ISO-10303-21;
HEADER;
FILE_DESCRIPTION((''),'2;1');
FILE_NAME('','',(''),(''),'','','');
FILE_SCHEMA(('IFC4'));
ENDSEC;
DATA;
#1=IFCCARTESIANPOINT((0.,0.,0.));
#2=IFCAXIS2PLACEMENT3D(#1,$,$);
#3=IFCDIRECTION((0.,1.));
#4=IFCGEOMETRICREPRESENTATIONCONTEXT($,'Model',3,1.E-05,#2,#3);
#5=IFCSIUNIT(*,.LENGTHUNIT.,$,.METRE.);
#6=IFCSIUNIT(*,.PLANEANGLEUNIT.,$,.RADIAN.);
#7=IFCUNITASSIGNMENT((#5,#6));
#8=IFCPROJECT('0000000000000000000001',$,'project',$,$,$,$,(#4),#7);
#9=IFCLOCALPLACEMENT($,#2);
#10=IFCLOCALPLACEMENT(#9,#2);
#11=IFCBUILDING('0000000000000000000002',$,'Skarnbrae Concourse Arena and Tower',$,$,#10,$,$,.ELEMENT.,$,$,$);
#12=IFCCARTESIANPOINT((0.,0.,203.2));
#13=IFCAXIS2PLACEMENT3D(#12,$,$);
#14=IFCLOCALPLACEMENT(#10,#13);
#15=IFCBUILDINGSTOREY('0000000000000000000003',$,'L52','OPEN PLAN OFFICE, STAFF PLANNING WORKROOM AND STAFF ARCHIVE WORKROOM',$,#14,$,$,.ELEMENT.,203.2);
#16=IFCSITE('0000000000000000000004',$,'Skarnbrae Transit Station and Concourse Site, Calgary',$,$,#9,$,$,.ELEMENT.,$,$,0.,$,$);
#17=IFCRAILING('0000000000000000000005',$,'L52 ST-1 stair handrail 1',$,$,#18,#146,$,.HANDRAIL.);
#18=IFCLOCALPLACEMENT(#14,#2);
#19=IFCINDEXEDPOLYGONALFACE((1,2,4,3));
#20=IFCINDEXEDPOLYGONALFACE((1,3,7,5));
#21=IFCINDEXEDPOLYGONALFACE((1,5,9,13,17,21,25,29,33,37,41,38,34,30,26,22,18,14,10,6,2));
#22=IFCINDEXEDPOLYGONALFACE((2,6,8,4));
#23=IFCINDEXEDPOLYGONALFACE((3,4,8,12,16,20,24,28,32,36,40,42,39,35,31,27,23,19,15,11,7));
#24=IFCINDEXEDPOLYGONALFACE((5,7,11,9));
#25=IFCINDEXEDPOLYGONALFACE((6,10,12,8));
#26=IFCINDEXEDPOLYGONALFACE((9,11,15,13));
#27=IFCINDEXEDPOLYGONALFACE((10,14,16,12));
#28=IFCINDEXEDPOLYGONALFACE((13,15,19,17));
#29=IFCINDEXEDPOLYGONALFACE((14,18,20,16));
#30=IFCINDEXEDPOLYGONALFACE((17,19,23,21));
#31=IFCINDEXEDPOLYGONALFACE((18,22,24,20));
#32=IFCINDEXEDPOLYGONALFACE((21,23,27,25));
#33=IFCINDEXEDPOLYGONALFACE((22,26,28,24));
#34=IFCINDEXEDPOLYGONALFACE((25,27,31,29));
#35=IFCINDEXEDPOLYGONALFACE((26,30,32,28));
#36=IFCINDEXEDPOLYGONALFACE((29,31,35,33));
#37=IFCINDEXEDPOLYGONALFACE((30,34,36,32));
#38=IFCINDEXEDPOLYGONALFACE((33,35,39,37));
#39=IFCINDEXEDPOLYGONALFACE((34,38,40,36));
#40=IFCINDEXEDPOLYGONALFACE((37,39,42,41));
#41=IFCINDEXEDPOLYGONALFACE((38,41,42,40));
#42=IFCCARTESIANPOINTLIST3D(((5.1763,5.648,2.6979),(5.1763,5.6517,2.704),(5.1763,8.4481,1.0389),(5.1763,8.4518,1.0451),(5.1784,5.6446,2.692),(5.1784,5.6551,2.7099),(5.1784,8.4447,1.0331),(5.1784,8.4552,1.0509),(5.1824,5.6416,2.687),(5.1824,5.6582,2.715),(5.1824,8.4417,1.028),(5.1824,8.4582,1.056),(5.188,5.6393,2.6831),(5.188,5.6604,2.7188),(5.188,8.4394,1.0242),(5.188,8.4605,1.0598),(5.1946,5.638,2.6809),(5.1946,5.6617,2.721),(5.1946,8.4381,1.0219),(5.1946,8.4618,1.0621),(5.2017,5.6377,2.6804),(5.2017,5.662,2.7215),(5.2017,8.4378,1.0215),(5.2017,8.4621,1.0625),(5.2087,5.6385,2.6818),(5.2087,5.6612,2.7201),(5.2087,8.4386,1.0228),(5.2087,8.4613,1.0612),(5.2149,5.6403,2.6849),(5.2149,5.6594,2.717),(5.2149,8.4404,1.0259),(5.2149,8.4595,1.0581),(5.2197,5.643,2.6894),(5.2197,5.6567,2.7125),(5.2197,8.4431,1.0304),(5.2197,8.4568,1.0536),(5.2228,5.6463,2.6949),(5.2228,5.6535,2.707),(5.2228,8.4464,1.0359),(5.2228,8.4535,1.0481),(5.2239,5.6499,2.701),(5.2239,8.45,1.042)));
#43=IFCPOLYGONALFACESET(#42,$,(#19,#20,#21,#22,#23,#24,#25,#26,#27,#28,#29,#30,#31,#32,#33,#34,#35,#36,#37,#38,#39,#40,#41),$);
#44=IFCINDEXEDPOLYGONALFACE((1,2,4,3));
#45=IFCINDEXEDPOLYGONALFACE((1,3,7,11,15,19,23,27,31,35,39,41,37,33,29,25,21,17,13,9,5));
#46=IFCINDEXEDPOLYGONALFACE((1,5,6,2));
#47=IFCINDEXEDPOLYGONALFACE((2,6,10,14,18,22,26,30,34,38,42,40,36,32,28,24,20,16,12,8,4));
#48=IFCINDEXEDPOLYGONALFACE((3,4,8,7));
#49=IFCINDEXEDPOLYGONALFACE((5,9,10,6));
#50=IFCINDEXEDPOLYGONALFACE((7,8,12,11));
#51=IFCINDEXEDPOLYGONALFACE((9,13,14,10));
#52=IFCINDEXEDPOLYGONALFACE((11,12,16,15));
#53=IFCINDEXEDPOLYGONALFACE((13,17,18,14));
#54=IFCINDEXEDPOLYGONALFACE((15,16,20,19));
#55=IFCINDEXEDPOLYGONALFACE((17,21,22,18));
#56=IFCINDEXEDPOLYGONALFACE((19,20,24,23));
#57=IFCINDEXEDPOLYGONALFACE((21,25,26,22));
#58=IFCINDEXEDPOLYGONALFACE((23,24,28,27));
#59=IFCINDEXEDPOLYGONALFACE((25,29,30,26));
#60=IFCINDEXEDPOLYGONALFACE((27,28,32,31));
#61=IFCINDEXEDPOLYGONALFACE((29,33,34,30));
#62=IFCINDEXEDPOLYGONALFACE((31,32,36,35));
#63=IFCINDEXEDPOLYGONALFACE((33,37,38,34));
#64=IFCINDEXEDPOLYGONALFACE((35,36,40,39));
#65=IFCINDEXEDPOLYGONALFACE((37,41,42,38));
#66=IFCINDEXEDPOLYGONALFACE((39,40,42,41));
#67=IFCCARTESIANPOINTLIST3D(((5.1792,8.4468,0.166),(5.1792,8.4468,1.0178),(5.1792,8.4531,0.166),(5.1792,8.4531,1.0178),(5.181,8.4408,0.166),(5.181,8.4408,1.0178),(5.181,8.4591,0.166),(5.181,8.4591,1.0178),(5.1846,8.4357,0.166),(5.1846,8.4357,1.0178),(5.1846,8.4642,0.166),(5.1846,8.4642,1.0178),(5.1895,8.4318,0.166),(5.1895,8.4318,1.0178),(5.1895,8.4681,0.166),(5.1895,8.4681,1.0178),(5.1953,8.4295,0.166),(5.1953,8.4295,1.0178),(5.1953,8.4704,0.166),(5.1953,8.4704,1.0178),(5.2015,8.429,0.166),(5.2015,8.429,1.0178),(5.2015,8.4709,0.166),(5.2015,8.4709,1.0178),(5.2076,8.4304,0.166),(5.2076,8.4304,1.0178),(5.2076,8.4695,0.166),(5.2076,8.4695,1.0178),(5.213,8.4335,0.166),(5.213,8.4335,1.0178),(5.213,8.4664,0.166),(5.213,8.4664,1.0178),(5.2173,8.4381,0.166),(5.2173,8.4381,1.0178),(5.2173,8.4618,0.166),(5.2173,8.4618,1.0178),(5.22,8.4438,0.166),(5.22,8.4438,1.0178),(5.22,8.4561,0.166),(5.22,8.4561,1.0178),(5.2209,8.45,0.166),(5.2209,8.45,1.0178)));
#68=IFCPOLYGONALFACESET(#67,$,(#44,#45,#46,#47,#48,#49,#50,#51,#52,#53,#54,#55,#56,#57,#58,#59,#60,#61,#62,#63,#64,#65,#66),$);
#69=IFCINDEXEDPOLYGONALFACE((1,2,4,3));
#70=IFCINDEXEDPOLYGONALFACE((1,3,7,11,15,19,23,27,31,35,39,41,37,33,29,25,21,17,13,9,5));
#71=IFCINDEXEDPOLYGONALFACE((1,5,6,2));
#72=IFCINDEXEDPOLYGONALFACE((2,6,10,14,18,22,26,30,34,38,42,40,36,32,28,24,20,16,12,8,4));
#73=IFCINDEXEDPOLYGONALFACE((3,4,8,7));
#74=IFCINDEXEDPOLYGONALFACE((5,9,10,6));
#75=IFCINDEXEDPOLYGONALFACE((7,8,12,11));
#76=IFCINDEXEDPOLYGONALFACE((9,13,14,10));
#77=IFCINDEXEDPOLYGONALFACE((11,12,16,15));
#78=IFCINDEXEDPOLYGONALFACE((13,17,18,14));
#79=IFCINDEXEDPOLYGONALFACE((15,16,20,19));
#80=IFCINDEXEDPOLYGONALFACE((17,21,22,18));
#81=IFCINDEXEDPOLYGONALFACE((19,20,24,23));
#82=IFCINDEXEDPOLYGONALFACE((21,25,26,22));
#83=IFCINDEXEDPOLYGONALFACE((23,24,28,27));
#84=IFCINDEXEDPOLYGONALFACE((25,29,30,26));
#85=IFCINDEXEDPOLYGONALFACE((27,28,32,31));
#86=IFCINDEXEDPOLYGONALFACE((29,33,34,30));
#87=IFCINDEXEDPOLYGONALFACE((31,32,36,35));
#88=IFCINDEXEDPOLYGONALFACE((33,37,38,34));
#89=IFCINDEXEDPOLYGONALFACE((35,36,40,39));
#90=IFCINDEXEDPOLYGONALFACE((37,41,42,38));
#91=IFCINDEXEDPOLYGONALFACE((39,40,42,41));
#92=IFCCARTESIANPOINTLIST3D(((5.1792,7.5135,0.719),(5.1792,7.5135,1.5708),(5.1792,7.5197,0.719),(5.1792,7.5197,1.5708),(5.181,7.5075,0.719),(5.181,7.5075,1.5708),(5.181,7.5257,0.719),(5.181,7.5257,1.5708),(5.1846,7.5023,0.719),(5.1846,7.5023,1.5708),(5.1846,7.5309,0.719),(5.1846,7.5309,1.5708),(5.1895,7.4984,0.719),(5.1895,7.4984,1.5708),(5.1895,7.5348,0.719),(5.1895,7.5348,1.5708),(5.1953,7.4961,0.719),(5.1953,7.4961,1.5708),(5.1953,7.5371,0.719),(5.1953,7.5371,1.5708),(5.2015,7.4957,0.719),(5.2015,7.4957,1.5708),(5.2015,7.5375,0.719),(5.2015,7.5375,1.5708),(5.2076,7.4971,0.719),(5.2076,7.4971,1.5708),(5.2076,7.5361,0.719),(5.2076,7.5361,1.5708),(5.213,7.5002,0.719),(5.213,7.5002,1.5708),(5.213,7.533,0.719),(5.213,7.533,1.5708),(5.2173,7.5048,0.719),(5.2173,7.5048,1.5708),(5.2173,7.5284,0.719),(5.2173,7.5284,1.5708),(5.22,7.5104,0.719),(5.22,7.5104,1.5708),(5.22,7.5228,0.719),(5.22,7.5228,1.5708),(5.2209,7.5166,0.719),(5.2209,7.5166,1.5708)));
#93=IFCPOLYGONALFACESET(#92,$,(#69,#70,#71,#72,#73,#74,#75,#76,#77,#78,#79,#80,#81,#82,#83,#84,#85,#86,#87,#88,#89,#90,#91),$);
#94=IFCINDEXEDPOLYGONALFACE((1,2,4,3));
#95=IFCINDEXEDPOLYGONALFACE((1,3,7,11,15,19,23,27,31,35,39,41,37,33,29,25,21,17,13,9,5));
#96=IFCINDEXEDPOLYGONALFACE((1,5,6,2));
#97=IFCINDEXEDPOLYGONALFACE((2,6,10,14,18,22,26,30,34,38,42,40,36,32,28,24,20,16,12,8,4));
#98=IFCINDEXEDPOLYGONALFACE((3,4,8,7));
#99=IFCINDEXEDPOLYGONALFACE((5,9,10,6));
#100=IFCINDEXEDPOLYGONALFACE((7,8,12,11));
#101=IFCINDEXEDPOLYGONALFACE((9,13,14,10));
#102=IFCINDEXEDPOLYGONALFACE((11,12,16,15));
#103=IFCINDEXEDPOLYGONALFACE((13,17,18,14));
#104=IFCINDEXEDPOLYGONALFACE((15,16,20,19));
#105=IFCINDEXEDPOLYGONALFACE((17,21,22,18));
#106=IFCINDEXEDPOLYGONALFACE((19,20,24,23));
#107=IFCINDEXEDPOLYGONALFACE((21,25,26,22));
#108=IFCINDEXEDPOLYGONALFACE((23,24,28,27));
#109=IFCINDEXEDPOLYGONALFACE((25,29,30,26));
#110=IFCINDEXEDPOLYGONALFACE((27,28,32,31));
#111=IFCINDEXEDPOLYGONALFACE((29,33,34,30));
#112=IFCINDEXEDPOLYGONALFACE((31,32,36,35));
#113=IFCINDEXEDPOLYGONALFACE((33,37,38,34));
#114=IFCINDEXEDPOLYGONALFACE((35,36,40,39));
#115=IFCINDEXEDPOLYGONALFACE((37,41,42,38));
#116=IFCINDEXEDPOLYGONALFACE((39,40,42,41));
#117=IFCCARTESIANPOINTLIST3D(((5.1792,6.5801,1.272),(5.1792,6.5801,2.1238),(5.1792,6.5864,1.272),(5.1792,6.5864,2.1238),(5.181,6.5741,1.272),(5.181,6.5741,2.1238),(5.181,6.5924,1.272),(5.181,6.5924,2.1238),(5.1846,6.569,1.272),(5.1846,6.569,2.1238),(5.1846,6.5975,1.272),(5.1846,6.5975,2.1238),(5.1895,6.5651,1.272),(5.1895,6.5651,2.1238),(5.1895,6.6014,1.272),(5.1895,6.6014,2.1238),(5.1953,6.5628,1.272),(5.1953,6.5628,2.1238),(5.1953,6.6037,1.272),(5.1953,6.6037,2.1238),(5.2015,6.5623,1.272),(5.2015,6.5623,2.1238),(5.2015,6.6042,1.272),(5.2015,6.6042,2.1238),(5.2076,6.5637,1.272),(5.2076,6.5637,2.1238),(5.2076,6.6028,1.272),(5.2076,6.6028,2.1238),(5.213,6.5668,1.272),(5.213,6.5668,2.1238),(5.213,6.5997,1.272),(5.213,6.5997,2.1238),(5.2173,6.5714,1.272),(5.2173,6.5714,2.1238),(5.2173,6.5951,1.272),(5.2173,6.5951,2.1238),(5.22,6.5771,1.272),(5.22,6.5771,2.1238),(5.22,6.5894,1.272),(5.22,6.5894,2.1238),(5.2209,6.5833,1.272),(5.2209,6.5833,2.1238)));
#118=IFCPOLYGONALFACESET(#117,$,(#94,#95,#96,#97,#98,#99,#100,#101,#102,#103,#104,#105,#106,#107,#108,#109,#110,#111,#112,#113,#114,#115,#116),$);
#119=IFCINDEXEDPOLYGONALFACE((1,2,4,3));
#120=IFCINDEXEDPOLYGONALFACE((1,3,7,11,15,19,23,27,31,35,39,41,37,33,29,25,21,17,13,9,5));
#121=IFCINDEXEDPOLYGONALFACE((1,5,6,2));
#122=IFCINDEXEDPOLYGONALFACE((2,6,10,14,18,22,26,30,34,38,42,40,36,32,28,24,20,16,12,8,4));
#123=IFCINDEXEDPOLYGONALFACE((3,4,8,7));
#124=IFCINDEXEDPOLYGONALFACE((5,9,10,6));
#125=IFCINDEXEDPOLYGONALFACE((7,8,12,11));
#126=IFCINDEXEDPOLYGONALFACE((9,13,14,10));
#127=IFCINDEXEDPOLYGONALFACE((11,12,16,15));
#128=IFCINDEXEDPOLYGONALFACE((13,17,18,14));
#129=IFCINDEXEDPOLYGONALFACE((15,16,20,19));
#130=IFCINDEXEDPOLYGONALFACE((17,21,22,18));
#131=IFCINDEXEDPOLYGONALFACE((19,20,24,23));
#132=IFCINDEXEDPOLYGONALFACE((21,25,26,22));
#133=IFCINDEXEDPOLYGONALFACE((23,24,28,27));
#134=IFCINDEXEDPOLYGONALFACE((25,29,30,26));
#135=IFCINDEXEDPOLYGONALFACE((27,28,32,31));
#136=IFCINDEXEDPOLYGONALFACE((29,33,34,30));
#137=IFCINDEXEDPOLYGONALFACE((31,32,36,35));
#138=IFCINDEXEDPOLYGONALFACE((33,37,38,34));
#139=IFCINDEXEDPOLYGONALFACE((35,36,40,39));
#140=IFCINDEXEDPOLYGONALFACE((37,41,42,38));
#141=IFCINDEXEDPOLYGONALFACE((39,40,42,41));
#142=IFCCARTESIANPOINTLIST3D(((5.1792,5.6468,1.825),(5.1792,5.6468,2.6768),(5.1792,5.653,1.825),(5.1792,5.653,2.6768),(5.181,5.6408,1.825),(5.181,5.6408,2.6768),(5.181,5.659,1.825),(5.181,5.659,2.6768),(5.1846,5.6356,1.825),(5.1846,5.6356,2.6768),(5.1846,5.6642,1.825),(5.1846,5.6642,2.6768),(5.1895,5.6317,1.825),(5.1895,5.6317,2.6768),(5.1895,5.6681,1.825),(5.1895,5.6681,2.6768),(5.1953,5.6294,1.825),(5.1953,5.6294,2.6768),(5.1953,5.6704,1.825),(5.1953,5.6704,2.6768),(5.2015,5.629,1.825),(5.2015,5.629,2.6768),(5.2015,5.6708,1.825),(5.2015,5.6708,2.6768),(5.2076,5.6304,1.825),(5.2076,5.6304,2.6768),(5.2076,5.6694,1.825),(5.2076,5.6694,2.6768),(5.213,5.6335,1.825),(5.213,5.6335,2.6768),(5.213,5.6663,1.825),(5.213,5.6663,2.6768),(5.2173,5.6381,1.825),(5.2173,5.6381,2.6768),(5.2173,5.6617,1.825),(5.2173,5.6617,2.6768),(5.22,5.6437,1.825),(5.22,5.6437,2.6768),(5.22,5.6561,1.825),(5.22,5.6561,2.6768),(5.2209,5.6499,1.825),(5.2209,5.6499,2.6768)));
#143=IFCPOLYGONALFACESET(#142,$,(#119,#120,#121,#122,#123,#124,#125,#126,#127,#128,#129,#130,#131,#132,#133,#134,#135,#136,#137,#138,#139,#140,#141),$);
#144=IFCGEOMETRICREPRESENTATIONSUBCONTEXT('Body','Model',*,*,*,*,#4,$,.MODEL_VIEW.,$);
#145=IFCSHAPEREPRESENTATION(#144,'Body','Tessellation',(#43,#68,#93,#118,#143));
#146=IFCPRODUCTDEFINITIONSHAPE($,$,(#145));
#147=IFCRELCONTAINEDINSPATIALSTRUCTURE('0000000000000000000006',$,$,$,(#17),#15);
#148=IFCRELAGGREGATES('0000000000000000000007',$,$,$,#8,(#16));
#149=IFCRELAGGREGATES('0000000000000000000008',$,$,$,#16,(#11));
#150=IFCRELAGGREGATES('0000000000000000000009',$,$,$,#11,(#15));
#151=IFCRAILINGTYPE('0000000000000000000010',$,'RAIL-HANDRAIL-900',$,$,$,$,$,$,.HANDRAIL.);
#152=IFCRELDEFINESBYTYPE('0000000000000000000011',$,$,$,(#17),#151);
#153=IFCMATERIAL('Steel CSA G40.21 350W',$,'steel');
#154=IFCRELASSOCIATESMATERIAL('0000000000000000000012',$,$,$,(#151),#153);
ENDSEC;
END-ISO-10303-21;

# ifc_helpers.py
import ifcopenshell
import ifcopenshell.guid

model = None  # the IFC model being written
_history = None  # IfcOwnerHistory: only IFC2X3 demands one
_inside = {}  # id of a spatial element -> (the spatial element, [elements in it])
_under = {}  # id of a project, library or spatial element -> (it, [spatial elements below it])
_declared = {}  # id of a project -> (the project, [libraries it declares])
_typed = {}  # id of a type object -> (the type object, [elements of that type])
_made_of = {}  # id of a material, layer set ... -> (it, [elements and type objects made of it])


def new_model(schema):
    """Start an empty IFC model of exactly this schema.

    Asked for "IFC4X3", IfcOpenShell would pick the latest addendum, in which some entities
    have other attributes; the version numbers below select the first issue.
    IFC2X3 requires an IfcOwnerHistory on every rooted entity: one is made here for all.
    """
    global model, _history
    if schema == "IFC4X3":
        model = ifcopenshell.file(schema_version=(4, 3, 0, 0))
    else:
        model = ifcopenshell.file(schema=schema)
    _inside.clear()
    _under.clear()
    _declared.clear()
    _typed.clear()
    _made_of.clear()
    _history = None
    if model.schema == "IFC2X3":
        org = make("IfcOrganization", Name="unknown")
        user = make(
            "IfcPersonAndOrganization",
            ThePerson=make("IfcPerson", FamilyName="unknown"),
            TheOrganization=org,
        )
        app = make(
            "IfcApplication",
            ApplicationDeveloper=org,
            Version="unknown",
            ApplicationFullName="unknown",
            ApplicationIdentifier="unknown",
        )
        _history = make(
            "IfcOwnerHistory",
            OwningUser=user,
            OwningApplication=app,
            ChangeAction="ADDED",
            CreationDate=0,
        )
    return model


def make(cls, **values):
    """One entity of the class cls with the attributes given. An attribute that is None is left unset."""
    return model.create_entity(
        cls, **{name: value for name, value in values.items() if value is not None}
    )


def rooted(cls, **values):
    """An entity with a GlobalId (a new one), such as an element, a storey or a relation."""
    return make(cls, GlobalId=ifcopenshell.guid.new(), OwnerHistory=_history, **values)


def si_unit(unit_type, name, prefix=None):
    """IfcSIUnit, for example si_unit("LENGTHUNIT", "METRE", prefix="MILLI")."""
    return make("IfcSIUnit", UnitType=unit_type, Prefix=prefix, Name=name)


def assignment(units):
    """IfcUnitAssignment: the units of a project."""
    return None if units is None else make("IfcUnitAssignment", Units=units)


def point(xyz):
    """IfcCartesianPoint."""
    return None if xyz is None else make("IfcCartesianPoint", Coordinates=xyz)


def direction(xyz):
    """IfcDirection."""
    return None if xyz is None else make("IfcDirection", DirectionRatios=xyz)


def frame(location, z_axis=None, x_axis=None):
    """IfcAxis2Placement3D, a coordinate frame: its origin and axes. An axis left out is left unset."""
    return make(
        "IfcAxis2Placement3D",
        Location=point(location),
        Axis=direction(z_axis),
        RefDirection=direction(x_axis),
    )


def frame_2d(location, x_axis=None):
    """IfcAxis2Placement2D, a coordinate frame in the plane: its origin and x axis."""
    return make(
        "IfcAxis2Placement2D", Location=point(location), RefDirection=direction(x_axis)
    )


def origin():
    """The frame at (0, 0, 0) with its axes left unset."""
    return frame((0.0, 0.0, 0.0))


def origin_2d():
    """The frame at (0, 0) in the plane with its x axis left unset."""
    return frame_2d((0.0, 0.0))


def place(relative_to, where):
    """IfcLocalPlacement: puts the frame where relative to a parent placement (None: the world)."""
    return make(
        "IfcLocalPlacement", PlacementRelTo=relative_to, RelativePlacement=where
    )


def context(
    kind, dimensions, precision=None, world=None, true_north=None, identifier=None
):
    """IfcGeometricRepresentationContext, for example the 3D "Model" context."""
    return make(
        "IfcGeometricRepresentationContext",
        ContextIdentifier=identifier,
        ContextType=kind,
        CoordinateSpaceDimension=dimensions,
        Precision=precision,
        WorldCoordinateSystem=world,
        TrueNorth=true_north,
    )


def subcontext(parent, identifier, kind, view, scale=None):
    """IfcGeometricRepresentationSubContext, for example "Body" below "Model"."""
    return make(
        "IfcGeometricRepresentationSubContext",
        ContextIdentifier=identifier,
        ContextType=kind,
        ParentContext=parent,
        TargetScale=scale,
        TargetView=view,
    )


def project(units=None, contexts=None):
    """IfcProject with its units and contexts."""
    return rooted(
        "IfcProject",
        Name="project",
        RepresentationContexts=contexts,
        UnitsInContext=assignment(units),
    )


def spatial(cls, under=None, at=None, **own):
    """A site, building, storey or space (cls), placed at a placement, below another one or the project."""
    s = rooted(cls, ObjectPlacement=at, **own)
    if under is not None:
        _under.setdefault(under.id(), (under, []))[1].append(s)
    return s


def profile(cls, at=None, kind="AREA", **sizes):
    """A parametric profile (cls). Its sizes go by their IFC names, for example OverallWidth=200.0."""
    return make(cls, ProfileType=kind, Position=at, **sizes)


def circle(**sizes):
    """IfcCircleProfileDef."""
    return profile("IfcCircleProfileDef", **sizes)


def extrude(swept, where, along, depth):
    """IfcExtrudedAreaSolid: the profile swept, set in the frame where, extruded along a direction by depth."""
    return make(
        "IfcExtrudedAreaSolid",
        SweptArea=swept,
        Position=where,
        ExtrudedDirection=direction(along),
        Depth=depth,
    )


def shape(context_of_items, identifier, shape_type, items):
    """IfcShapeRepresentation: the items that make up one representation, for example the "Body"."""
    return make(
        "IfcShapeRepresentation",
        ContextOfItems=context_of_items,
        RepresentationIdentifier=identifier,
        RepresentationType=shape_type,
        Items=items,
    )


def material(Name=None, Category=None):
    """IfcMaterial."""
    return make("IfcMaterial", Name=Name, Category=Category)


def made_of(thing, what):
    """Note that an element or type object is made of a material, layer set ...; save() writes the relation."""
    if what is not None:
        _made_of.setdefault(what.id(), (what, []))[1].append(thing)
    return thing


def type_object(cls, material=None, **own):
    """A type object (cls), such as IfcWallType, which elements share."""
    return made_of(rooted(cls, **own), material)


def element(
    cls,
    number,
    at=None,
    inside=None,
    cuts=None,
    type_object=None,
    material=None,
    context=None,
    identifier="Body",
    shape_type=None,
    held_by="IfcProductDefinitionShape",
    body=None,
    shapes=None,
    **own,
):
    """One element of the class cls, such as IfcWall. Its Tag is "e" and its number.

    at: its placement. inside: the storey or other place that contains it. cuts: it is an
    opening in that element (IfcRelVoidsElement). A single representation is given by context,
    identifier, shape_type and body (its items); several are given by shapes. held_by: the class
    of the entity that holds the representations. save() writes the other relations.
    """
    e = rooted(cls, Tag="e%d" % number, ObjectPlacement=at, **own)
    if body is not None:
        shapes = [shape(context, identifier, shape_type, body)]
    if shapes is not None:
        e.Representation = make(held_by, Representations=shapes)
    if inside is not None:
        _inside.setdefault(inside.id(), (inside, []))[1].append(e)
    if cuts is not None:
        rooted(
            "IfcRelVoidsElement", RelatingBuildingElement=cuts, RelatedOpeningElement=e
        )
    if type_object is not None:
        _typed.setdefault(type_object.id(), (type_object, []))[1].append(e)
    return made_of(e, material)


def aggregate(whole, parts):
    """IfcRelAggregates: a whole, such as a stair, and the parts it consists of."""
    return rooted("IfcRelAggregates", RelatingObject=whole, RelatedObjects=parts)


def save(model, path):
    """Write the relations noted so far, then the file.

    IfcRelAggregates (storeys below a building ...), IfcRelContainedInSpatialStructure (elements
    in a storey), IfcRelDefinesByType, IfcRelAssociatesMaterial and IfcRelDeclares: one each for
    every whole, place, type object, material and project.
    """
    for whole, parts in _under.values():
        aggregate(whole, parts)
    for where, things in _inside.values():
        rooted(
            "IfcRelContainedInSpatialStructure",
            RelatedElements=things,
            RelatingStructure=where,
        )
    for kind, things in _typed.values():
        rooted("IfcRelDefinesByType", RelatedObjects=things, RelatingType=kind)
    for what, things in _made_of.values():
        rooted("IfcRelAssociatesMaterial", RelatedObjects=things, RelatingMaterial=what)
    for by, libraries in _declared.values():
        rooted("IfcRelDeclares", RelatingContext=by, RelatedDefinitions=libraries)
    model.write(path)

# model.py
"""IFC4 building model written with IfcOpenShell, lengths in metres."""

from ifc_helpers import new_model, si_unit, direction, frame, origin, origin_2d, place, context, subcontext, project, spatial, circle, extrude, material, type_object, element, save


model = new_model("IFC4")

# Units and contexts
model_context = context("Model", 3, precision=1e-05, world=origin(), true_north=direction((0.0, 1.0)))
body_context = subcontext(model_context, "Body", "Model", "MODEL_VIEW")
ifc_project = project(units=[si_unit("LENGTHUNIT", "METRE"), si_unit("PLANEANGLEUNIT", "RADIAN")], contexts=[model_context])

# Site, building, storey
site_placement = place(None, origin())
site = spatial("IfcSite", under=ifc_project, at=site_placement, Name="Skarnbrae Transit Station and Concourse Site, Calgary", CompositionType="ELEMENT", RefElevation=0.0)
building_placement = place(site_placement, origin())
building = spatial("IfcBuilding", under=site, at=building_placement, Name="Skarnbrae Concourse Arena and Tower", CompositionType="ELEMENT")
storey_placement = place(building_placement, frame((0.0, 0.0, 203.2)))
storey = spatial("IfcBuildingStorey", under=building, at=storey_placement, Name="L52", Description="OPEN PLAN OFFICE, STAFF PLANNING WORKROOM AND STAFF ARCHIVE WORKROOM", CompositionType="ELEMENT", Elevation=203.2)

# Railing
ifc_material_1 = material(Name="Steel CSA G40.21 350W", Category="steel")
railing_type_1 = type_object("IfcRailingType", Name="RAIL-HANDRAIL-900", PredefinedType="HANDRAIL", material=ifc_material_1)
railing_1_placement = place(storey_placement, frame((5.2, 8.45, 0.166)))
element("IfcRailing", 1, at=railing_1_placement, inside=storey, type_object=railing_type_1, Name="L52 ST-1 stair handrail 1", PredefinedType="HANDRAIL", context=body_context, shape_type="SweptSolid", body=[
    extrude(circle(Radius=0.0239, at=origin_2d()), frame((0.0, 0.0, 0.876), z_axis=(0.0, -0.860339, 0.509722), x_axis=(1.0, 0.0, 0.0)), (0.0, 0.0, 1.0), 3.2546),
    extrude(circle(Radius=0.021, at=origin_2d()), origin(), (0.0, 0.0, 1.0), 0.8518),
    extrude(circle(Radius=0.021, at=origin_2d()), frame((0.0, -0.9333, 0.553)), (0.0, 0.0, 1.0), 0.8518),
    extrude(circle(Radius=0.021, at=origin_2d()), frame((0.0, -1.8667, 1.106)), (0.0, 0.0, 1.0), 0.8518),
    extrude(circle(Radius=0.021, at=origin_2d()), frame((0.0, -2.8, 1.6589)), (0.0, 0.0, 1.0), 0.8518),
])

save(model, "model.ifc")
